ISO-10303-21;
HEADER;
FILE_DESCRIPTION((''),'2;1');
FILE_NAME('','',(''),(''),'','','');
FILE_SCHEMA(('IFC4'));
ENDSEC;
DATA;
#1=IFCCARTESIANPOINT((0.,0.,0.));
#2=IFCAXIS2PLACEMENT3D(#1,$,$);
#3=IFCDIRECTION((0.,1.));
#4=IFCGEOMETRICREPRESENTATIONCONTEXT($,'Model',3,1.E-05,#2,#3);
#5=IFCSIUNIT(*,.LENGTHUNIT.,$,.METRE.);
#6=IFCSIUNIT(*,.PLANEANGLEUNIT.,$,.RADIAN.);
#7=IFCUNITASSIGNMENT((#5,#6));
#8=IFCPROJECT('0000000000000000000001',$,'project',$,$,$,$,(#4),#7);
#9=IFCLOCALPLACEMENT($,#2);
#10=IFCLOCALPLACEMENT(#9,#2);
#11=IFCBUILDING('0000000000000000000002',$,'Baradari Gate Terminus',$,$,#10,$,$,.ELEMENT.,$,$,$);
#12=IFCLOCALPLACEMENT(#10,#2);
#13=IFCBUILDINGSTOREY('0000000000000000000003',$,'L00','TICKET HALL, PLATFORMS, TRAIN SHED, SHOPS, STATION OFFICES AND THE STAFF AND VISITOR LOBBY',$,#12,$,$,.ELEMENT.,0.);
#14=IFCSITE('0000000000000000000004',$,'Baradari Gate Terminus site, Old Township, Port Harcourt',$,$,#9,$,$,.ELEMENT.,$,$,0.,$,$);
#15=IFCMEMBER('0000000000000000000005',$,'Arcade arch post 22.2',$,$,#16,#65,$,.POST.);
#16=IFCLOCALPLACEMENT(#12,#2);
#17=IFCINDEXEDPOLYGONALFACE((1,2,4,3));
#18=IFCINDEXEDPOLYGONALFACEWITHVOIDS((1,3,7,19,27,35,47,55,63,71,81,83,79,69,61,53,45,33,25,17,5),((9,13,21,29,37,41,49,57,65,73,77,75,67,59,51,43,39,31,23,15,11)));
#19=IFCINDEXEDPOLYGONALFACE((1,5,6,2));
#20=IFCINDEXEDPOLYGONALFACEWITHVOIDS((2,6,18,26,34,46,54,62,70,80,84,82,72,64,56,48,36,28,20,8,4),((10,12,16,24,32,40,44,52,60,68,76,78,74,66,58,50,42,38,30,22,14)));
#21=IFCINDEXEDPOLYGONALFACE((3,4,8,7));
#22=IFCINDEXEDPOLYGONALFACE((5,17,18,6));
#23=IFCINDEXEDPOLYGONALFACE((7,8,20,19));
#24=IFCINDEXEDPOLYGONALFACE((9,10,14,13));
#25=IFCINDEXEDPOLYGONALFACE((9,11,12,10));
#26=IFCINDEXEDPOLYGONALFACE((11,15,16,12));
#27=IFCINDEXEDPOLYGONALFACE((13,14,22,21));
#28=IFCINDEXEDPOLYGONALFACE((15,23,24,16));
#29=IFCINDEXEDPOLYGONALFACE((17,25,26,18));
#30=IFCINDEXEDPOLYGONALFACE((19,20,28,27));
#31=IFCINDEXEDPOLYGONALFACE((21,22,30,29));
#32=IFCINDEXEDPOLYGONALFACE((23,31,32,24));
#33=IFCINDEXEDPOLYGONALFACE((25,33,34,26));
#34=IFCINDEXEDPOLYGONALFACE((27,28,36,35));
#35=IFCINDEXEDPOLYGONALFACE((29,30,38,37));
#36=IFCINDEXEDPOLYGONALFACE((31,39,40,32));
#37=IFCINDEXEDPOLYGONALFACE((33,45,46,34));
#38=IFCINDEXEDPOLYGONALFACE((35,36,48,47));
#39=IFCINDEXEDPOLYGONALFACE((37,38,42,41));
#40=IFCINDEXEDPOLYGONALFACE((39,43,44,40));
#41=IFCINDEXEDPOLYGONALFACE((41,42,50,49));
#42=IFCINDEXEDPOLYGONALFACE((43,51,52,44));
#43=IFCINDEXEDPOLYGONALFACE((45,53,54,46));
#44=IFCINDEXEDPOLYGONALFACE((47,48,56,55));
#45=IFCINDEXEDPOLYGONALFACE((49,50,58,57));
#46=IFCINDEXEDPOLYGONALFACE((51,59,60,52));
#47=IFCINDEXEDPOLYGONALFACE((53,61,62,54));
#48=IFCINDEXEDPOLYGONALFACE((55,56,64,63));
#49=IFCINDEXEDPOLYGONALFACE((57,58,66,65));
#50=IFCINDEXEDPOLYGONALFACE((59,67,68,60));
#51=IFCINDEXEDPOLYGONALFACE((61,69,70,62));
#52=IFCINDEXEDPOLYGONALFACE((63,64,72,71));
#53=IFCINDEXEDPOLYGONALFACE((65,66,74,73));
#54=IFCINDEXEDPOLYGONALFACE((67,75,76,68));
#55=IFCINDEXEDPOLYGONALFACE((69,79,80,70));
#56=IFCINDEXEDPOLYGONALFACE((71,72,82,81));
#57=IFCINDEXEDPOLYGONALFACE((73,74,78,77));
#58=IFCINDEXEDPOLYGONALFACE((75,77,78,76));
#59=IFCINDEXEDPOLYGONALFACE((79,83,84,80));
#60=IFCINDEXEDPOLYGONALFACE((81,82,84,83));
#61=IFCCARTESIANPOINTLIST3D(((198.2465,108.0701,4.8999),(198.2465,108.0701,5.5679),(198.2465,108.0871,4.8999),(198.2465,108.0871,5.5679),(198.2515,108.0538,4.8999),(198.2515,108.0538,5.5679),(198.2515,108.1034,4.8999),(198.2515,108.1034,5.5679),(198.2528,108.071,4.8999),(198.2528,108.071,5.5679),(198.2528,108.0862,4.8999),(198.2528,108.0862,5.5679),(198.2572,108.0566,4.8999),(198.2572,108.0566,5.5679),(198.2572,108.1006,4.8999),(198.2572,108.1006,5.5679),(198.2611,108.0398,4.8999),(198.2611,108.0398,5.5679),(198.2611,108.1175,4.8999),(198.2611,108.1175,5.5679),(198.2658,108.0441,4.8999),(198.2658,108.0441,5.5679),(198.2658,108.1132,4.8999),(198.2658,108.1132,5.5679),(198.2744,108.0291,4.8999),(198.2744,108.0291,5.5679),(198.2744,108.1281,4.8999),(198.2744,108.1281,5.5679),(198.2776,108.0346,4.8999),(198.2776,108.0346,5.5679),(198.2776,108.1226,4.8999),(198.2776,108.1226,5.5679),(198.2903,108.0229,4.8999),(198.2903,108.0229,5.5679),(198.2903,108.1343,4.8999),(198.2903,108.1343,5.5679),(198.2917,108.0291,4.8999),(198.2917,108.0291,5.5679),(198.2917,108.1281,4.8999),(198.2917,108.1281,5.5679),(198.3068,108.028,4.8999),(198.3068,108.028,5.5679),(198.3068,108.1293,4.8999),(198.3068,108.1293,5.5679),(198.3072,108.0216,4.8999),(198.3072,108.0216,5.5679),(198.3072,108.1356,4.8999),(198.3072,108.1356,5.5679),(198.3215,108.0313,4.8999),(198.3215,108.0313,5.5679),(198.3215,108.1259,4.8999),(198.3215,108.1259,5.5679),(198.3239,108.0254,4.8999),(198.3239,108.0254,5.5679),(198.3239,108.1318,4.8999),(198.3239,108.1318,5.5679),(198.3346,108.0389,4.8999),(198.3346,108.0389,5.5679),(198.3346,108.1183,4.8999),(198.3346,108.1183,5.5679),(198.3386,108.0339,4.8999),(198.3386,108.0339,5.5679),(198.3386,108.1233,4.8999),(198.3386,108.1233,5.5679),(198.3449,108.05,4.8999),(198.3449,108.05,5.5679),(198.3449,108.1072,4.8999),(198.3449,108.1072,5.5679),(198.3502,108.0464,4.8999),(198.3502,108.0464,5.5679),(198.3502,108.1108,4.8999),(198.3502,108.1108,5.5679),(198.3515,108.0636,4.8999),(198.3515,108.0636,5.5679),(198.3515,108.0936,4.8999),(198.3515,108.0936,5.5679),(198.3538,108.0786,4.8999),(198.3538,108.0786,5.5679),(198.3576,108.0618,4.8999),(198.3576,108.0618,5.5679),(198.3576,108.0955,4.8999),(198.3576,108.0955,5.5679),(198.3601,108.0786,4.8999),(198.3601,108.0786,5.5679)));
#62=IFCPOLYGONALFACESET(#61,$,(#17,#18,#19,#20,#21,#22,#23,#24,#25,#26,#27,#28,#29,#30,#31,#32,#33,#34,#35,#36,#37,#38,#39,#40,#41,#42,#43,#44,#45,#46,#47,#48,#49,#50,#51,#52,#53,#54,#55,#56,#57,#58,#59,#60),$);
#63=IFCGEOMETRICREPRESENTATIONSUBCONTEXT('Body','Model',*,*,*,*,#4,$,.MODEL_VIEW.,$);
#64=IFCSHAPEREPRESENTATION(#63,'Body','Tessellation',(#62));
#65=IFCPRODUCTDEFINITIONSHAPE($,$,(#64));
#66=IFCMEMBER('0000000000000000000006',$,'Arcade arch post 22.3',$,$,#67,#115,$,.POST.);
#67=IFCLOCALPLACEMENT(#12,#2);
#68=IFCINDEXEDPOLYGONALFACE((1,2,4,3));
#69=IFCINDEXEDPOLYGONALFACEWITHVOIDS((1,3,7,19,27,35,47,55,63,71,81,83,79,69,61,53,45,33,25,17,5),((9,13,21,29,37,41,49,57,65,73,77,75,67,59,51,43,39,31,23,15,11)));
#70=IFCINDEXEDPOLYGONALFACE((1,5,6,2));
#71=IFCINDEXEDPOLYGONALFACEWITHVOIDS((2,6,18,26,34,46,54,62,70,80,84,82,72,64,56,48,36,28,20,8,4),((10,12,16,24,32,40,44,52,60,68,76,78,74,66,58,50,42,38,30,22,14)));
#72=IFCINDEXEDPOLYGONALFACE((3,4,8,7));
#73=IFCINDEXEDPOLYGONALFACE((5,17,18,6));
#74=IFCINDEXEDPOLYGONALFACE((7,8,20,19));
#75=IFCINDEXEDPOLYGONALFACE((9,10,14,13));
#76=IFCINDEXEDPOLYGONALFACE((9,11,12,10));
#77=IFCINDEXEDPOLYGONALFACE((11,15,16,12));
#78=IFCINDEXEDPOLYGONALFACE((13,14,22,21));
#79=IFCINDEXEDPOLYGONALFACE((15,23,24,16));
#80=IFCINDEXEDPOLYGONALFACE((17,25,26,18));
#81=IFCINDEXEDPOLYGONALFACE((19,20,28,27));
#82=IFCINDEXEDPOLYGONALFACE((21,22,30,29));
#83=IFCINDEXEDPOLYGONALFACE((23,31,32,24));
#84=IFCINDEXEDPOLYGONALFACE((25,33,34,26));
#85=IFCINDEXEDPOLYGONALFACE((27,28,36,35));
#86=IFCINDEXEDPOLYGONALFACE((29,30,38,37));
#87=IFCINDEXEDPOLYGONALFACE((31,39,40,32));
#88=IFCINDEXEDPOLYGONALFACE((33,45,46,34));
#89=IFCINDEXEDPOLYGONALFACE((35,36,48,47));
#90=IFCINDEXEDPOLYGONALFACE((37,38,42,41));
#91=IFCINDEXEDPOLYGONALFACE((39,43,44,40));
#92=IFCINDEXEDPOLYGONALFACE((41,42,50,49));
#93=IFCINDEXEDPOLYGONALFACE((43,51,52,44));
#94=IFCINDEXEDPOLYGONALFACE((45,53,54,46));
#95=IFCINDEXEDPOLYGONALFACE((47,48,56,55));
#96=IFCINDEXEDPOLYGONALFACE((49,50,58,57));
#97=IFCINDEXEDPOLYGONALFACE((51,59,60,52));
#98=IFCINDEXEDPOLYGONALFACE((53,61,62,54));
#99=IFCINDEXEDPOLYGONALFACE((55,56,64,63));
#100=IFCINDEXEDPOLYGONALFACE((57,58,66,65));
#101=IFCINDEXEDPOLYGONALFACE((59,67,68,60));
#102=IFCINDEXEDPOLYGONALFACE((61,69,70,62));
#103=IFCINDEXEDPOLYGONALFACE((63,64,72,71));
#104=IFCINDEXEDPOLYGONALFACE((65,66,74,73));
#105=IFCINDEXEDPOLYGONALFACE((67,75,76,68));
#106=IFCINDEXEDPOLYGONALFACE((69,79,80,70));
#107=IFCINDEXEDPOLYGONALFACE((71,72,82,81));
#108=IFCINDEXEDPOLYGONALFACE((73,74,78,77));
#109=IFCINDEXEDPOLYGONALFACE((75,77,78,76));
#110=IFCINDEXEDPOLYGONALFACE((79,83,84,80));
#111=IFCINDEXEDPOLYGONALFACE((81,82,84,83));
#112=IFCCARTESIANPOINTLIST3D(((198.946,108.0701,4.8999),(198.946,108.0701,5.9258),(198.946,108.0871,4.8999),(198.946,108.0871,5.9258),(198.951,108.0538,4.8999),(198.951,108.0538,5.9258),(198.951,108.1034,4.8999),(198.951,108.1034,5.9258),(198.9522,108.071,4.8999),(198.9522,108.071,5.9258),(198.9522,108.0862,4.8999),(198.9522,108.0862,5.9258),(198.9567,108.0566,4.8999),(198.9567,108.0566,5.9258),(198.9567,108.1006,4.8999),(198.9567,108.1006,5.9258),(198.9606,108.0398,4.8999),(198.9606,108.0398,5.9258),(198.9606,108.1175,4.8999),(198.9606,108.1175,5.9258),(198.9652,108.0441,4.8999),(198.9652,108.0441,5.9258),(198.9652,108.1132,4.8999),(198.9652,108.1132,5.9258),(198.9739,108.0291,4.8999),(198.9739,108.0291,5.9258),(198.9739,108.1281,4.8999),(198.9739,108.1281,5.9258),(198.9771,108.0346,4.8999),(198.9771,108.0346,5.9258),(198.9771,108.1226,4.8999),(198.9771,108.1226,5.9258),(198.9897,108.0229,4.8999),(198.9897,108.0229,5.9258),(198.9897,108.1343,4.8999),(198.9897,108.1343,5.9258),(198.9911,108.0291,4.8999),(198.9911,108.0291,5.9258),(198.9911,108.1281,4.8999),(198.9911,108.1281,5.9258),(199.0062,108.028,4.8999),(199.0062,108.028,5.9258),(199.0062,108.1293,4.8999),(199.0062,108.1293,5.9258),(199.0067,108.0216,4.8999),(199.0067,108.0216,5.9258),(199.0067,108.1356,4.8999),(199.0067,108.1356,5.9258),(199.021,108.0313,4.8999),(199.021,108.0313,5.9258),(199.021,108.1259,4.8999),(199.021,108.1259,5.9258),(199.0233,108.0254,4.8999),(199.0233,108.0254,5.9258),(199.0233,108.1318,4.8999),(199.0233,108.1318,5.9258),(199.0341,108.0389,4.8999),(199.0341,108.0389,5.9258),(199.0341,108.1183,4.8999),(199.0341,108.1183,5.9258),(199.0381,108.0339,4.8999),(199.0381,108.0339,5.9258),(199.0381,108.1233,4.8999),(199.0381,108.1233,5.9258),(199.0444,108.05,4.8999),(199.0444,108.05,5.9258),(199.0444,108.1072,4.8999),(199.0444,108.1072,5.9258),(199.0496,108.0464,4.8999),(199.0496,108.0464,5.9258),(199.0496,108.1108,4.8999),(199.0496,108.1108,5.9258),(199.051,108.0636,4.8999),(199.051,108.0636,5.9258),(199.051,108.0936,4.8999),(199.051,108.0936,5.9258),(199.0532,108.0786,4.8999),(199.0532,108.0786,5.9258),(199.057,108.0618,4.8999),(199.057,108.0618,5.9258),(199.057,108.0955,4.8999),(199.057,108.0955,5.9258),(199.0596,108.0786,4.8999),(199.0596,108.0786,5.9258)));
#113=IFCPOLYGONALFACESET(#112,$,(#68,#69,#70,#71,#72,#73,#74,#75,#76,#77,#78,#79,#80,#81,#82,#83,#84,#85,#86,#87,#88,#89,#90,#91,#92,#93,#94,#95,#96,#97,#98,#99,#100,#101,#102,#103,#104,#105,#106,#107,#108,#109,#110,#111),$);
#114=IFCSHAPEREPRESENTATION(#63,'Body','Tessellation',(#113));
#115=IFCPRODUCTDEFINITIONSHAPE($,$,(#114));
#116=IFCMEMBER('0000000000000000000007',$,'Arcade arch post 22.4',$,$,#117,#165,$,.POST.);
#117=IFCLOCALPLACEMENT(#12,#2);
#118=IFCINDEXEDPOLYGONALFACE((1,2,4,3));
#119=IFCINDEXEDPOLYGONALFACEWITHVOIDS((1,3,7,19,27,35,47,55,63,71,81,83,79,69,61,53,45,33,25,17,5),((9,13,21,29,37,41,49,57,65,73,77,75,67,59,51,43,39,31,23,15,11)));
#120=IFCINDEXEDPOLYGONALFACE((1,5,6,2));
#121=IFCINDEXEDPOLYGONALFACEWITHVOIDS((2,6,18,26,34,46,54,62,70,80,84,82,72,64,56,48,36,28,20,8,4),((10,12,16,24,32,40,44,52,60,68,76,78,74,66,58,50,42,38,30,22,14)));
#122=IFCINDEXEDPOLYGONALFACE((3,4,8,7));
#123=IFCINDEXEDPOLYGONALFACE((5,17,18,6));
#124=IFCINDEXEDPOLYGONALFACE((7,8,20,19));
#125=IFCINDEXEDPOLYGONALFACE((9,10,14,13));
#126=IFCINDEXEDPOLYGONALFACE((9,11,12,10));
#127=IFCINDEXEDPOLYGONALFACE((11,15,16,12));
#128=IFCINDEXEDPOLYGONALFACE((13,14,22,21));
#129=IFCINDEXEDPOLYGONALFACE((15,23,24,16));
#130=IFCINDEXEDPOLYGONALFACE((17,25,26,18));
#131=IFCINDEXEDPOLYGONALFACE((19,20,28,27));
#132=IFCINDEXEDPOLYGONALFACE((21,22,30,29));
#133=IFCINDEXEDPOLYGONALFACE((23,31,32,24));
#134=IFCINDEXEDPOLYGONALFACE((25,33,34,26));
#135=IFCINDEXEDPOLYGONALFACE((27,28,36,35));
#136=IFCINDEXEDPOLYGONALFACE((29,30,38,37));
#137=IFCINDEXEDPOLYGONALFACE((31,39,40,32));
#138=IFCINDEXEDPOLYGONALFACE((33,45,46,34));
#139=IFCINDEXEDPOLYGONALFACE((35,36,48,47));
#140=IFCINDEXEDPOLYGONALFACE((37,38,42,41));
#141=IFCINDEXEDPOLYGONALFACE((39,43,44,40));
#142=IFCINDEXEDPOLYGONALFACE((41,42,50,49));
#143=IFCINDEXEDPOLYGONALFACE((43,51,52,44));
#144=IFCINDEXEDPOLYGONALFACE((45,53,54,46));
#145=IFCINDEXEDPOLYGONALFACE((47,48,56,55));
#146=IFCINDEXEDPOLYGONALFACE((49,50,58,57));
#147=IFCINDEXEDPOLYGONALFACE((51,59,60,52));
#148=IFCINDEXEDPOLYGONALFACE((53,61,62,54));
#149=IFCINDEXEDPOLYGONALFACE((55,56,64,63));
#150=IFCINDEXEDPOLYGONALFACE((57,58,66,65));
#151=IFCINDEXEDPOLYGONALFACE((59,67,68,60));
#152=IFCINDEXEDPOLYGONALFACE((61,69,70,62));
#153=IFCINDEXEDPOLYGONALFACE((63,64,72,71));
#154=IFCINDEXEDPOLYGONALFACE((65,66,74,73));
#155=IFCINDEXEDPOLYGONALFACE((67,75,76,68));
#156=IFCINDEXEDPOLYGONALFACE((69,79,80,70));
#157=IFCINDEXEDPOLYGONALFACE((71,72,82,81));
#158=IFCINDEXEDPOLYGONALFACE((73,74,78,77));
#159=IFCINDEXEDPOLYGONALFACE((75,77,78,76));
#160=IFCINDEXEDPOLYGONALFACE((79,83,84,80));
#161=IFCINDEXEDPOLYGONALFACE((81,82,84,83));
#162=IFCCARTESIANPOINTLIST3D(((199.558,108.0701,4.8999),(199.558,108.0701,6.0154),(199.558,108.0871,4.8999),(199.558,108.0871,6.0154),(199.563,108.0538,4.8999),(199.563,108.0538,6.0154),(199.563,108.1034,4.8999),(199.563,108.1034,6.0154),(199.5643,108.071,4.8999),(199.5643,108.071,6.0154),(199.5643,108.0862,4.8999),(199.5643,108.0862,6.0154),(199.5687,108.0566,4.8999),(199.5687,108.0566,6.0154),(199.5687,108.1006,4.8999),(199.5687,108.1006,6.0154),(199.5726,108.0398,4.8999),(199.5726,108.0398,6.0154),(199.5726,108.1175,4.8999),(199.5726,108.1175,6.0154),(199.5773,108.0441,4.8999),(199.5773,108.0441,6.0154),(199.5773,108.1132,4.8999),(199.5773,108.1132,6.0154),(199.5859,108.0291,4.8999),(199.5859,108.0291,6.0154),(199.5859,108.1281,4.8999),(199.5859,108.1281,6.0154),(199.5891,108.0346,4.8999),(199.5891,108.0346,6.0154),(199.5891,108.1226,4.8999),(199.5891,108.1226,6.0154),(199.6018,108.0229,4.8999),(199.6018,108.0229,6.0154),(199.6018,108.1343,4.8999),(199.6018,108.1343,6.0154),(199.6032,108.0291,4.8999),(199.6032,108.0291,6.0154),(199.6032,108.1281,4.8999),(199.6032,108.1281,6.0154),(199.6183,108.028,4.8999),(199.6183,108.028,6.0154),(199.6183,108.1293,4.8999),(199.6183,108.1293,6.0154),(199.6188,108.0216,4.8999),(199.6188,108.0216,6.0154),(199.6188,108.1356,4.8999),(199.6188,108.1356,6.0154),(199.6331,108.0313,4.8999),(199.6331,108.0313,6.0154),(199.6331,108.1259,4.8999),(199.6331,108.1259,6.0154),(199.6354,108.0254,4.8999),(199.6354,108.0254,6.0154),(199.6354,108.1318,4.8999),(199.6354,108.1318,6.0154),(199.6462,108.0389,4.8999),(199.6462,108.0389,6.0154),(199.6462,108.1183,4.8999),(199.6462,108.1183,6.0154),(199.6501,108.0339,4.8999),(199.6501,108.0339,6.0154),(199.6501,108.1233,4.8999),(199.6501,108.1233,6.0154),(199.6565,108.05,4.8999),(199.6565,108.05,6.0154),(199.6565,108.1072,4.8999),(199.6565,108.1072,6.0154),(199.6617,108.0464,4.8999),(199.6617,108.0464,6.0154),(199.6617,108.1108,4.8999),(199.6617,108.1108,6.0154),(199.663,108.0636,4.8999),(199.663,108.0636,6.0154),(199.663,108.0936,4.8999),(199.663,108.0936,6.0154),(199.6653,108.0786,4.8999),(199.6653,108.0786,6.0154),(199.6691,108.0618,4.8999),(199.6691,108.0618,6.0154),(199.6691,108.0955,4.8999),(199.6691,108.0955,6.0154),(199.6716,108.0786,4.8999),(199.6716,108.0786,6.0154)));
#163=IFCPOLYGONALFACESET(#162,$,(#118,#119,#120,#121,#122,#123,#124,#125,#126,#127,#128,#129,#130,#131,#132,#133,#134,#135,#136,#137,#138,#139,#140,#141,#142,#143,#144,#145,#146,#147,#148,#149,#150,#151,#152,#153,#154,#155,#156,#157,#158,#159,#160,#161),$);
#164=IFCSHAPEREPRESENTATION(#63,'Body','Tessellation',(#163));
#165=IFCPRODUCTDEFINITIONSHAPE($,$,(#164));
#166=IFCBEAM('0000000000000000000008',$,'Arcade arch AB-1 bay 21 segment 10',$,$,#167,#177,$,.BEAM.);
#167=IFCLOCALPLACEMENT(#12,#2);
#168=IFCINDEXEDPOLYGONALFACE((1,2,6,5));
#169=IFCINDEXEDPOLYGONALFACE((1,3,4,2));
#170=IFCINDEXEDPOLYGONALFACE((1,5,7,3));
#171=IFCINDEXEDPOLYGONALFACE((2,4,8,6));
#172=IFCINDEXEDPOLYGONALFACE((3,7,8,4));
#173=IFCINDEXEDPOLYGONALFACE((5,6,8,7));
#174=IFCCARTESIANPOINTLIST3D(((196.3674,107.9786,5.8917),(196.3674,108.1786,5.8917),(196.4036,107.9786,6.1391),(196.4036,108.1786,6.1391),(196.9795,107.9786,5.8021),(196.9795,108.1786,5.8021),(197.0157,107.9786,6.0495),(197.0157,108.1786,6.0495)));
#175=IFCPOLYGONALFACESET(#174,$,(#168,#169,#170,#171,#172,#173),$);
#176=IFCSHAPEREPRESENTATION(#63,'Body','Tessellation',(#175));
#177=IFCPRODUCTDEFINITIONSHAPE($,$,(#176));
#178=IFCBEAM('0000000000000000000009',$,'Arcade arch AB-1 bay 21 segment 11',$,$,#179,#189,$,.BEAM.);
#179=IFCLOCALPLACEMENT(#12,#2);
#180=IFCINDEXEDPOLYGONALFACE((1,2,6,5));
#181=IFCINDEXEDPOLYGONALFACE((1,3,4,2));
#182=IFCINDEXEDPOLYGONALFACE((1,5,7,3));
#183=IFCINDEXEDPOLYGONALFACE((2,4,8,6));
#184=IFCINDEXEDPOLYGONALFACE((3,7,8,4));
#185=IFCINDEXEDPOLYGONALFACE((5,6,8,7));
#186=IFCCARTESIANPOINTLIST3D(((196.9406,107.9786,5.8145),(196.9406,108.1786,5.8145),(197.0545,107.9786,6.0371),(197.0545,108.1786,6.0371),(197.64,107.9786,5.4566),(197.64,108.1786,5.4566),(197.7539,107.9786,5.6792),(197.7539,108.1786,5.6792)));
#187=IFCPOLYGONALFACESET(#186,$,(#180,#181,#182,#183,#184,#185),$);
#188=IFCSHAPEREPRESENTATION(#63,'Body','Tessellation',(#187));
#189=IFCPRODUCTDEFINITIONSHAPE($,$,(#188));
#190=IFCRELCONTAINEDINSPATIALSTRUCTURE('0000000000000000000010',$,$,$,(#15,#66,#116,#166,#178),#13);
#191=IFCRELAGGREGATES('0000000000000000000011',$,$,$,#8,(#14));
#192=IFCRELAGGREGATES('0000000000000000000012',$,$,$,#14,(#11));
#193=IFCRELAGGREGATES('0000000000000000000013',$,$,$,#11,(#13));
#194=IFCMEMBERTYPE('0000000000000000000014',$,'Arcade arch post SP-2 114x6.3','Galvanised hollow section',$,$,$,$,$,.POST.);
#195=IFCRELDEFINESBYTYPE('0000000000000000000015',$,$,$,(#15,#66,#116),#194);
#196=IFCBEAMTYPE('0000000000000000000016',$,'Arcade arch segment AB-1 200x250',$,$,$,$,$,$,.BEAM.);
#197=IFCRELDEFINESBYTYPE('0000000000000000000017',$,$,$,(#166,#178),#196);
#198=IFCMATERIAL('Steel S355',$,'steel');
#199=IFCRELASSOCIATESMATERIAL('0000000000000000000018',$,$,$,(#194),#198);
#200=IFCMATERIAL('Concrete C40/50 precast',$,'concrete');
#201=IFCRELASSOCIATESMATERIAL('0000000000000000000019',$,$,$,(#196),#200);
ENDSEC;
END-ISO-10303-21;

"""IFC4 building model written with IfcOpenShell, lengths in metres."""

from ifc_helpers import new_model, si_unit, direction, frame, origin, origin_2d, place, context, subcontext, project, spatial, rectangle, hollow_circle, extrude, material, material_profile, profile_set, type_object, element, save


model = new_model("IFC4")

# Units and contexts
model_context = context("Model", 3, precision=1e-05, world=origin(), true_north=direction((0.0, 1.0)))
body_context = subcontext(model_context, "Body", "Model", "MODEL_VIEW")
ifc_project = project(units=[si_unit("LENGTHUNIT", "METRE"), si_unit("PLANEANGLEUNIT", "RADIAN")], contexts=[model_context])

# Site, building, storey
site_placement = place(None, origin())
site = spatial("IfcSite", under=ifc_project, at=site_placement, Name="Baradari Gate Terminus site, Old Township, Port Harcourt", CompositionType="ELEMENT", RefElevation=0.0)
building_placement = place(site_placement, origin())
building = spatial("IfcBuilding", under=site, at=building_placement, Name="Baradari Gate Terminus", CompositionType="ELEMENT")
storey_placement = place(building_placement, origin())
storey = spatial("IfcBuildingStorey", under=building, at=storey_placement, Name="L00", Description="TICKET HALL, PLATFORMS, TRAIN SHED, SHOPS, STATION OFFICES AND THE STAFF AND VISITOR LOBBY", CompositionType="ELEMENT", Elevation=0.0)

# Members
ifc_material_1 = material(Name="Steel S355", Category="steel")
ifc_material_profile_1 = material_profile(ifc_material_1, hollow_circle(Radius=0.0571, WallThickness=0.0063, at=origin_2d()), Name="CHS 114.3x6.3")
ifc_profile_set_1 = profile_set([ifc_material_profile_1], Name="Steel S355")
member_type_1 = type_object("IfcMemberType", Name="Arcade arch post SP-2 114x6.3", Description="Galvanised hollow section", PredefinedType="POST", material=ifc_profile_set_1)
for number, where, z_axis, x_axis, name in (
    (1, (198.303, 108.0786, 4.8999), (0.0, 0.0, 1.0), (1.0, 0.0, 0.0), "Arcade arch post 22.2"),
):
    element("IfcMember", number, at=place(storey_placement, frame(where, z_axis=z_axis, x_axis=x_axis)), inside=storey, type_object=member_type_1, Name=name, PredefinedType="POST", context=body_context, shape_type="SweptSolid", body=[
        extrude(hollow_circle(Radius=0.0571, WallThickness=0.0063, at=origin_2d()), origin(), (0.0, 0.0, 1.0), 0.668),
    ])
member_1_placement = place(storey_placement, frame((199.0024, 108.0786, 4.8999), z_axis=(0.0, 0.0, 1.0), x_axis=(1.0, 0.0, 0.0)))
element("IfcMember", 2, at=member_1_placement, inside=storey, type_object=member_type_1, Name="Arcade arch post 22.3", PredefinedType="POST", context=body_context, shape_type="SweptSolid", body=[
    extrude(hollow_circle(Radius=0.0571, WallThickness=0.0063, at=origin_2d()), origin(), (0.0, 0.0, 1.0), 1.0259),
])
member_2_placement = place(storey_placement, frame((199.6145, 108.0786, 4.8999), z_axis=(0.0, 0.0, 1.0), x_axis=(1.0, 0.0, 0.0)))
element("IfcMember", 3, at=member_2_placement, inside=storey, type_object=member_type_1, Name="Arcade arch post 22.4", PredefinedType="POST", context=body_context, shape_type="SweptSolid", body=[
    extrude(hollow_circle(Radius=0.0571, WallThickness=0.0063, at=origin_2d()), origin(), (0.0, 0.0, 1.0), 1.1155),
])

# Beams
ifc_material_2 = material(Name="Concrete C40/50 precast", Category="concrete")
ifc_material_profile_2 = material_profile(ifc_material_2, rectangle(XDim=0.2, YDim=0.25, at=origin_2d()), Name="AB-1 200X250")
ifc_profile_set_2 = profile_set([ifc_material_profile_2], Name="Concrete C40/50 precast")
beam_type_1 = type_object("IfcBeamType", Name="Arcade arch segment AB-1 200x250", PredefinedType="BEAM", material=ifc_profile_set_2)
beam_1_placement = place(storey_placement, frame((196.3855, 108.0786, 6.0154), z_axis=(0.989454, 0.0, -0.144846), x_axis=(0.0, 1.0, 0.0)))
element("IfcBeam", 4, at=beam_1_placement, inside=storey, type_object=beam_type_1, Name="Arcade arch AB-1 bay 21 segment 10", PredefinedType="BEAM", context=body_context, shape_type="SweptSolid", body=[
    extrude(rectangle(XDim=0.2, YDim=0.25, at=origin_2d()), origin(), (0.0, 0.0, 1.0), 0.6187),
])
beam_2_placement = place(storey_placement, frame((196.9976, 108.0786, 5.9258), z_axis=(0.890225, 0.0, -0.455522), x_axis=(0.0, 1.0, 0.0)))
element("IfcBeam", 5, at=beam_2_placement, inside=storey, type_object=beam_type_1, Name="Arcade arch AB-1 bay 21 segment 11", PredefinedType="BEAM", context=body_context, shape_type="SweptSolid", body=[
    extrude(rectangle(XDim=0.2, YDim=0.25, at=origin_2d()), origin(), (0.0, 0.0, 1.0), 0.7856),
])

save(model, "model.ifc")
